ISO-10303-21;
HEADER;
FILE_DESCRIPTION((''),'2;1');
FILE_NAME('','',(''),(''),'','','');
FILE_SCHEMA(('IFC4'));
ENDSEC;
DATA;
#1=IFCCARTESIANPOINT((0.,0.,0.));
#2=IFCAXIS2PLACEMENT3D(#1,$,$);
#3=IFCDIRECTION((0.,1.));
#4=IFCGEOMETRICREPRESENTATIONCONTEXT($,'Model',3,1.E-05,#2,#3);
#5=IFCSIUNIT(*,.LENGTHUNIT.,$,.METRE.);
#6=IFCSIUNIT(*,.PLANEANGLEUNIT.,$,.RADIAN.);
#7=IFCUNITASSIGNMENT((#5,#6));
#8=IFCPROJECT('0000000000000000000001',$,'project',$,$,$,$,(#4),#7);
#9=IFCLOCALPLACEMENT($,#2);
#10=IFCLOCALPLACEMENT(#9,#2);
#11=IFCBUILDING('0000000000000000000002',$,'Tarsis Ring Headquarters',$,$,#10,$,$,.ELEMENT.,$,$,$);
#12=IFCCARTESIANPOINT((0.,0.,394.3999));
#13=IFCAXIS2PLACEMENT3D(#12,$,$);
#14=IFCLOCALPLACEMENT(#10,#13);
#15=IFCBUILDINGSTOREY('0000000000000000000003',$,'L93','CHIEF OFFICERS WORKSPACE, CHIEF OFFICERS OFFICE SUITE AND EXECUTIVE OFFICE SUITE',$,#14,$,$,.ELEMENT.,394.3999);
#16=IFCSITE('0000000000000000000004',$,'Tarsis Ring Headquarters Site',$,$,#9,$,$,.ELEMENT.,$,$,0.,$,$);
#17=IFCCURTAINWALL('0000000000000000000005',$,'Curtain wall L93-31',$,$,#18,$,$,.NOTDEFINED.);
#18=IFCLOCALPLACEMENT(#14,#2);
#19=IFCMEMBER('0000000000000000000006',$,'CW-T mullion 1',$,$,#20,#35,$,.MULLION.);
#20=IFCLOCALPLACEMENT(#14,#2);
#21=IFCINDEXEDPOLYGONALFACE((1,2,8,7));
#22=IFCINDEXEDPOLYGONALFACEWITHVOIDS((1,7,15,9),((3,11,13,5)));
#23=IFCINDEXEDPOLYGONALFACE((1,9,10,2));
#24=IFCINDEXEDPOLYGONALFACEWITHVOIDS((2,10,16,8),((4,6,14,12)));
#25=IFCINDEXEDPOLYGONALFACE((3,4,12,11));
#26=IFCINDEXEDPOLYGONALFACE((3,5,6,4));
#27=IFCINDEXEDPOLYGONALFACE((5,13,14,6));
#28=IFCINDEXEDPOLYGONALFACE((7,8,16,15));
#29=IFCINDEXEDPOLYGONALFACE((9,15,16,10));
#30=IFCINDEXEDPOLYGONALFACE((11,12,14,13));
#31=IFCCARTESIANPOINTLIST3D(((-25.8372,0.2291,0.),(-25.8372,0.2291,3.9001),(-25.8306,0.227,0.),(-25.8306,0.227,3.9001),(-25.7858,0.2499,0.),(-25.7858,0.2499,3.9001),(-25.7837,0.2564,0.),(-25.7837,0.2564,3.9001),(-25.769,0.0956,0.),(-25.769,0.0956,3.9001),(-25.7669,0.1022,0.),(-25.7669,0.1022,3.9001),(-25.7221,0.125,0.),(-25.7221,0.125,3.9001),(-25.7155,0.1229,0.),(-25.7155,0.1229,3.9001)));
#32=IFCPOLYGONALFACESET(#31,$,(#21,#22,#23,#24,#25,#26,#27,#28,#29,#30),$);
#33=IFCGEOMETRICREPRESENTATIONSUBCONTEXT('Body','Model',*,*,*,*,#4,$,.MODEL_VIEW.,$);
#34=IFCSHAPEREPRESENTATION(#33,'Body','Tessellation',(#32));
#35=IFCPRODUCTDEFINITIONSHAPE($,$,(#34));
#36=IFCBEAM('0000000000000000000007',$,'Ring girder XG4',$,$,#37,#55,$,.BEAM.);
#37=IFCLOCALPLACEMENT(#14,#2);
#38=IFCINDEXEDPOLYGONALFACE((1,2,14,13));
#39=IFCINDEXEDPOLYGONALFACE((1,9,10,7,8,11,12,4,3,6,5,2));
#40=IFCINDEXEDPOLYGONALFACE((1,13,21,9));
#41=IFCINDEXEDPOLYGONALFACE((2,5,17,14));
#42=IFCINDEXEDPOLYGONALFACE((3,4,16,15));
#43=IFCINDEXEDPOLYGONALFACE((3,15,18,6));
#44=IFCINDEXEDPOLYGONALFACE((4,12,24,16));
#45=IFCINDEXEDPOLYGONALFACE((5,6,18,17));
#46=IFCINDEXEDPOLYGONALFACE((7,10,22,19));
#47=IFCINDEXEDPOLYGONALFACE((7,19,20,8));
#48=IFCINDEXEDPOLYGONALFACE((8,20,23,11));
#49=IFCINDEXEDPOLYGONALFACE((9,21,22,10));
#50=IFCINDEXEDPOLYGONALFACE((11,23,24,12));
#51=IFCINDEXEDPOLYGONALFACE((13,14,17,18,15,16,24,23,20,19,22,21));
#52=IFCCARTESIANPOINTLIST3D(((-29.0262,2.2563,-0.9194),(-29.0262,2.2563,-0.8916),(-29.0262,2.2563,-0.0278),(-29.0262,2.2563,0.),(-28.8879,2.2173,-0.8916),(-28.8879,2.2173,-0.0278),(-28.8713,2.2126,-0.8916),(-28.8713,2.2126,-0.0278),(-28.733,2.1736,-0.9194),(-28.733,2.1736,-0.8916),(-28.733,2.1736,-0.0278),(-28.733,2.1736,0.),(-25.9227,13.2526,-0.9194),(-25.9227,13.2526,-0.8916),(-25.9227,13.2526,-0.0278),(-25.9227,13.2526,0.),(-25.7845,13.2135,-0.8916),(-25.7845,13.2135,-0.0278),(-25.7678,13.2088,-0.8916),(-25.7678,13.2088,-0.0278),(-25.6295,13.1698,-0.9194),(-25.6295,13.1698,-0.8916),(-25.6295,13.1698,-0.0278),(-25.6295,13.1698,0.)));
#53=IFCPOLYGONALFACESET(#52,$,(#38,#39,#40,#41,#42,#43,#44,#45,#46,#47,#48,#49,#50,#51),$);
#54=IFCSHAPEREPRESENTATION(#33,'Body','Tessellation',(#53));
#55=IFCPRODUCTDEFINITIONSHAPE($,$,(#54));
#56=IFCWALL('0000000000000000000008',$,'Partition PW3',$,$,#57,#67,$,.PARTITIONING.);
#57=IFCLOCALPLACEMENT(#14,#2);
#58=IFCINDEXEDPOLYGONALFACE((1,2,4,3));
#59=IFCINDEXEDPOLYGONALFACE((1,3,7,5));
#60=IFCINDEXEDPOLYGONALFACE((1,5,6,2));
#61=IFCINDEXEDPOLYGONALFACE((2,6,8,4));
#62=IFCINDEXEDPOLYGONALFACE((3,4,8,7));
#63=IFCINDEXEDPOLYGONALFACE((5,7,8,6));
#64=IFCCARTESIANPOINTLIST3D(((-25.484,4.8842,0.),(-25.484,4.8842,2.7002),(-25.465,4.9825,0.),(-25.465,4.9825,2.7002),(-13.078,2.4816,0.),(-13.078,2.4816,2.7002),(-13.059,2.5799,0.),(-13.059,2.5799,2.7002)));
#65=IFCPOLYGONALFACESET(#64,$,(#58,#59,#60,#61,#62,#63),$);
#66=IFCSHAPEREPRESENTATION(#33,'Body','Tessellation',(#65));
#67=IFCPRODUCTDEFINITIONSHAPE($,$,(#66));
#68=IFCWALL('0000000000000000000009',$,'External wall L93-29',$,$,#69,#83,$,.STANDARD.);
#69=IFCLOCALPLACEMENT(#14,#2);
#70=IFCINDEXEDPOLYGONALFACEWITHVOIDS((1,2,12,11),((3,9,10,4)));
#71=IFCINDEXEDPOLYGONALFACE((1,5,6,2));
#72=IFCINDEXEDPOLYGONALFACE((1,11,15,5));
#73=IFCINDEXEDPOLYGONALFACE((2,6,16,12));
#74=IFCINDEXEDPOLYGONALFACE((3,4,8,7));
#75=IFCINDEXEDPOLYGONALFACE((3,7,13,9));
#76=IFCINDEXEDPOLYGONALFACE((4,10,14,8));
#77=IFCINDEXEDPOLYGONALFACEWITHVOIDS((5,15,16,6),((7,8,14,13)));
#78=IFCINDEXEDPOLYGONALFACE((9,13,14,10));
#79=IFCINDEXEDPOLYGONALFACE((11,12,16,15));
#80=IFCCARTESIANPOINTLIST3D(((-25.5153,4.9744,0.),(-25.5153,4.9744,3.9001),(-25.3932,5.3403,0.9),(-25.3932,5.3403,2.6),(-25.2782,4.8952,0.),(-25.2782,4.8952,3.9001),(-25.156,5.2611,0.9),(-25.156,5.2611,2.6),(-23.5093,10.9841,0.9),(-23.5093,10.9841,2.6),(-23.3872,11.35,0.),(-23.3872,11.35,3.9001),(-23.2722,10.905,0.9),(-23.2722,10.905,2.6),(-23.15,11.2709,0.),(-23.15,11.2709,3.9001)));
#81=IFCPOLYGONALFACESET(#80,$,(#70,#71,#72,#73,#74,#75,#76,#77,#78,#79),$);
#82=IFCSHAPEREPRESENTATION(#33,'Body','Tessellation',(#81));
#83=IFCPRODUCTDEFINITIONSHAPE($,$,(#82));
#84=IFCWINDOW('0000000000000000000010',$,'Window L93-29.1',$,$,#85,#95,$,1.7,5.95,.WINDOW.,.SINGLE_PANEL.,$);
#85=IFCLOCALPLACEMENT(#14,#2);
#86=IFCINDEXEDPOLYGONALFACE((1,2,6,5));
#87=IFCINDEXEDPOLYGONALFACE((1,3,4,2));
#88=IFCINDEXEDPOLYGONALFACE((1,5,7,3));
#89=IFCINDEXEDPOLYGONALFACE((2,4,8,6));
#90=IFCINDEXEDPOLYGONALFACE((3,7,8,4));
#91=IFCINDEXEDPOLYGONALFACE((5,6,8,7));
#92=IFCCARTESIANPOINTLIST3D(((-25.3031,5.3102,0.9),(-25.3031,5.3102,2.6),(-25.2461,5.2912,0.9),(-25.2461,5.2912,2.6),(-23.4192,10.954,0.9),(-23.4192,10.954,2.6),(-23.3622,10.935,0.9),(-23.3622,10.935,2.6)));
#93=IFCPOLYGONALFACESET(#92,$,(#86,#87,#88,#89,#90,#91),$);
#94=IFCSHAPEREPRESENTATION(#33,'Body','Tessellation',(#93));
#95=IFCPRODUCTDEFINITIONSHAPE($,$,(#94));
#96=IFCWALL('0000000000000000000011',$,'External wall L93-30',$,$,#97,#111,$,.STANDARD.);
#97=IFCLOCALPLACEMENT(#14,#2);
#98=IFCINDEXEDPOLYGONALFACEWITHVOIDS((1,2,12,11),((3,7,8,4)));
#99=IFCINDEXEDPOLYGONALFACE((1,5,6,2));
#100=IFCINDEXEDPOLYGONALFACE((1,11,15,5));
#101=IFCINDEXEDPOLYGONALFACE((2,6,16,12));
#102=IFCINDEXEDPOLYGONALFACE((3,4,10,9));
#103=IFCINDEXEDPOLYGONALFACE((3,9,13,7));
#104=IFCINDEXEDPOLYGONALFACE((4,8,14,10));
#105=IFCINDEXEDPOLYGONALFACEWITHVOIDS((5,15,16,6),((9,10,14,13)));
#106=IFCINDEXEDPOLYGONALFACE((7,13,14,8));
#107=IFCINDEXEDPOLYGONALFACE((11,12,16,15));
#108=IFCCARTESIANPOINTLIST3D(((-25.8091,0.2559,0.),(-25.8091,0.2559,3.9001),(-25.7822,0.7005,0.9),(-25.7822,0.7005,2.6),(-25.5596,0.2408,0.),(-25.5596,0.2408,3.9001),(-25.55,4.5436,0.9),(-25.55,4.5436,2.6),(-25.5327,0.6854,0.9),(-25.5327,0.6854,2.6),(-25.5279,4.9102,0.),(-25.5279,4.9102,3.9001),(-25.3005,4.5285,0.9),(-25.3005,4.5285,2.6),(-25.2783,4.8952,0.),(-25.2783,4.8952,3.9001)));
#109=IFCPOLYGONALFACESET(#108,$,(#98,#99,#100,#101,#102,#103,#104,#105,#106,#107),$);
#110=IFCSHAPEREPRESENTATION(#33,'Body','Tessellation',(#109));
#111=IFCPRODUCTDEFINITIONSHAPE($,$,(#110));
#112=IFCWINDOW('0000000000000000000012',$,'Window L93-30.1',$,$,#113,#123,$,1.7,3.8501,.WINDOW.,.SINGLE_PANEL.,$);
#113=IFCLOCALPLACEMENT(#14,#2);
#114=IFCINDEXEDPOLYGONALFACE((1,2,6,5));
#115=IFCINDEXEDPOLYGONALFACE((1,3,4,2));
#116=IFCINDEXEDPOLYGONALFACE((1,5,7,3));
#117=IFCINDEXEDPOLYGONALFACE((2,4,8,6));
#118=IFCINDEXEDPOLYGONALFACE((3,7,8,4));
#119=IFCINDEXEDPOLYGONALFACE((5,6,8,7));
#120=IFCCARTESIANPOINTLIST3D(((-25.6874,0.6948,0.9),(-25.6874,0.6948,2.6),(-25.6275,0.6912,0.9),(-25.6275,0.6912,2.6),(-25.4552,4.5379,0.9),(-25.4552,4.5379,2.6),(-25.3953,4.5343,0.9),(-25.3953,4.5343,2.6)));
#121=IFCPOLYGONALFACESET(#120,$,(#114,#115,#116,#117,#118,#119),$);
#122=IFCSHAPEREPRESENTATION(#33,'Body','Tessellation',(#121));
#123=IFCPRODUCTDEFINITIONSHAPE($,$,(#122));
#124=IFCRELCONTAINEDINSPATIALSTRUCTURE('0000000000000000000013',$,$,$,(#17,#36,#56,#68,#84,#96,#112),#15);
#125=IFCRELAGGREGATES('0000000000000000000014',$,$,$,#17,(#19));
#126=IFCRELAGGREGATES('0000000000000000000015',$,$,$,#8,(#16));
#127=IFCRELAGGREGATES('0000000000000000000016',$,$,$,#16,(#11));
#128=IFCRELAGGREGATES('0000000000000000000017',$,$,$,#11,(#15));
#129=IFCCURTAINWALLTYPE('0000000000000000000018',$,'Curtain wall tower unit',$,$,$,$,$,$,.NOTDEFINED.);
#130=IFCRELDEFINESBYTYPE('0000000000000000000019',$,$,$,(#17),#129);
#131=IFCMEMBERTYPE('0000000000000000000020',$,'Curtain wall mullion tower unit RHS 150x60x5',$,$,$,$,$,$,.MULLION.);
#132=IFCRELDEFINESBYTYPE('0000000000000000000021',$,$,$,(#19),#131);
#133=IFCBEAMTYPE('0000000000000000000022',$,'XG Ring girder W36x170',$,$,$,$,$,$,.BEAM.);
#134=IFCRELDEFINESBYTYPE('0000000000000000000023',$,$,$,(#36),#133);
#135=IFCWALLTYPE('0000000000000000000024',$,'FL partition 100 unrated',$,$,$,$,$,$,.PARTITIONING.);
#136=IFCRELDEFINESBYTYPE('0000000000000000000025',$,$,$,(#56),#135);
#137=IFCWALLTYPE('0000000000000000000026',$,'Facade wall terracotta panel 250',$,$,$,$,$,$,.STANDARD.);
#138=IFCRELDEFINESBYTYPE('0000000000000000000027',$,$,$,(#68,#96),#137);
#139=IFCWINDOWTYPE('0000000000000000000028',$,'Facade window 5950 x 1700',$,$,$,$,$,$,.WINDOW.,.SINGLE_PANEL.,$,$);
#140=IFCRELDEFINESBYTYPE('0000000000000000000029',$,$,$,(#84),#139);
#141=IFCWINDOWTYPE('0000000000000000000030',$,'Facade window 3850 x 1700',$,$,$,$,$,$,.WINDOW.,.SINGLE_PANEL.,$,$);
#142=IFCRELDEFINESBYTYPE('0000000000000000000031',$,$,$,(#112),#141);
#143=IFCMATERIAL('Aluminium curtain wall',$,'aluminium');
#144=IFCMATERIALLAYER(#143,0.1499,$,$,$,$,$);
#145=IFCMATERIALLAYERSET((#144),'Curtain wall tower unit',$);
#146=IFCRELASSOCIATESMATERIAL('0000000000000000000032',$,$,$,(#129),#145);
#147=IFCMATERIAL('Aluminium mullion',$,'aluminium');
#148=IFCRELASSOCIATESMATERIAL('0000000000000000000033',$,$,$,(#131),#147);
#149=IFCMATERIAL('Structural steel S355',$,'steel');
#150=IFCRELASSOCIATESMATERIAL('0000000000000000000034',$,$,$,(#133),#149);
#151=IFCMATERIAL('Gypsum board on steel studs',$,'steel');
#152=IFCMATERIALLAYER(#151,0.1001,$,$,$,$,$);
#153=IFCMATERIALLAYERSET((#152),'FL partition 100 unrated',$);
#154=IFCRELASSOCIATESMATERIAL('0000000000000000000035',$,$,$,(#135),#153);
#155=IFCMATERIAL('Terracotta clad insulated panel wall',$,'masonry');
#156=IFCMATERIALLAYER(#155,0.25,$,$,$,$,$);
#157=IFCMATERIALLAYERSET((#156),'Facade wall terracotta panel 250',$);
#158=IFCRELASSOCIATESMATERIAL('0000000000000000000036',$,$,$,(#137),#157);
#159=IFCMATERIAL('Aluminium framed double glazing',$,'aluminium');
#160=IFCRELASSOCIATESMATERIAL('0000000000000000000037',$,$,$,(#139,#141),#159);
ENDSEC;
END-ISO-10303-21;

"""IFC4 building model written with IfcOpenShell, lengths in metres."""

from ifc_helpers import new_model, si_unit, direction, frame, frame_2d, origin, origin_2d, place, context, subcontext, project, spatial, rectangle, hollow_rectangle, i_section, extrude, material, layer, layer_set, material_profile, profile_set, type_object, element, fill, aggregate, save


model = new_model("IFC4")

# Units and contexts
model_context = context("Model", 3, precision=1e-05, world=origin(), true_north=direction((0.0, 1.0)))
body_context = subcontext(model_context, "Body", "Model", "MODEL_VIEW")
ifc_project = project(units=[si_unit("LENGTHUNIT", "METRE"), si_unit("PLANEANGLEUNIT", "RADIAN")], contexts=[model_context])

# Site, building, storey
site_placement = place(None, origin())
site = spatial("IfcSite", under=ifc_project, at=site_placement, Name="Tarsis Ring Headquarters Site", CompositionType="ELEMENT", RefElevation=0.0)
building_placement = place(site_placement, origin())
building = spatial("IfcBuilding", under=site, at=building_placement, Name="Tarsis Ring Headquarters", CompositionType="ELEMENT")
storey_placement = place(building_placement, frame((0.0, 0.0, 394.3999)))
storey = spatial("IfcBuildingStorey", under=building, at=storey_placement, Name="L93", Description="CHIEF OFFICERS WORKSPACE, CHIEF OFFICERS OFFICE SUITE AND EXECUTIVE OFFICE SUITE", CompositionType="ELEMENT", Elevation=394.3999)

# Curtain wall, member
ifc_material_1 = material(Name="Aluminium curtain wall", Category="aluminium")
ifc_layer_1 = layer(ifc_material_1, 0.1499)
ifc_layer_set_1 = layer_set([ifc_layer_1], Name="Curtain wall tower unit")
curtain_wall_type = type_object("IfcCurtainWallType", Name="Curtain wall tower unit", PredefinedType="NOTDEFINED", material=ifc_layer_set_1)
curtain_wall_placement = place(storey_placement, origin())
curtain_wall = element("IfcCurtainWall", 1, at=curtain_wall_placement, inside=storey, type_object=curtain_wall_type, Name="Curtain wall L93-31", PredefinedType="NOTDEFINED")
ifc_material_2 = material(Name="Aluminium mullion", Category="aluminium")
ifc_material_profile_1 = material_profile(ifc_material_2, hollow_rectangle(XDim=0.1499, YDim=0.0601, WallThickness=0.0049, at=origin_2d()), Name="RHS 150x60x5")
ifc_profile_set_1 = profile_set([ifc_material_profile_1], Name="Aluminium mullion")
member_type = type_object("IfcMemberType", Name="Curtain wall mullion tower unit RHS 150x60x5", PredefinedType="MULLION", material=ifc_profile_set_1)
member_placement = place(storey_placement, frame((-25.7764, 0.176, 0.0), z_axis=(0.0, 0.0, 1.0), x_axis=(0.454612, -0.890689, 0.0)))
member = element("IfcMember", 2, at=member_placement, type_object=member_type, Name="CW-T mullion 1", PredefinedType="MULLION", context=body_context, shape_type="SweptSolid", body=[
    extrude(hollow_rectangle(XDim=0.1499, YDim=0.0601, WallThickness=0.0049, at=origin_2d()), origin(), (0.0, 0.0, 1.0), 3.9001),
])
aggregate(curtain_wall, [member])

# Beam
ifc_material_3 = material(Name="Structural steel S355", Category="steel")
ifc_material_profile_2 = material_profile(ifc_material_3, i_section(OverallWidth=0.3047, OverallDepth=0.9194, WebThickness=0.0173, FlangeThickness=0.0278, at=origin_2d()), Name="W36x170")
ifc_profile_set_2 = profile_set([ifc_material_profile_2], Name="Structural steel S355")
beam_type = type_object("IfcBeamType", Name="XG Ring girder W36x170", PredefinedType="BEAM", material=ifc_profile_set_2)
beam_placement = place(storey_placement, frame((-25.7761, 13.2112, -0.4597), z_axis=(-0.271621, -0.962404, 0.0), x_axis=(0.962404, -0.271621, 0.0)))
element("IfcBeam", 3, at=beam_placement, inside=storey, type_object=beam_type, Name="Ring girder XG4", PredefinedType="BEAM", context=body_context, shape_type="SweptSolid", body=[
    extrude(i_section(OverallWidth=0.3047, OverallDepth=0.9194, WebThickness=0.0173, FlangeThickness=0.0278, at=origin_2d()), origin(), (0.0, 0.0, 1.0), 11.4258),
])

# Wall
ifc_material_4 = material(Name="Gypsum board on steel studs", Category="steel")
ifc_layer_2 = layer(ifc_material_4, 0.1001)
ifc_layer_set_2 = layer_set([ifc_layer_2], Name="FL partition 100 unrated")
wall_type_1 = type_object("IfcWallType", Name="FL partition 100 unrated", PredefinedType="PARTITIONING", material=ifc_layer_set_2)
wall_1_placement = place(storey_placement, frame((-25.4746, 4.9333, 0.0), z_axis=(0.0, 0.0, 1.0), x_axis=(0.981759, -0.190131, 0.0)))
element("IfcWall", 4, at=wall_1_placement, inside=storey, type_object=wall_type_1, Name="Partition PW3", PredefinedType="PARTITIONING", context=body_context, shape_type="SweptSolid", body=[
    extrude(rectangle(XDim=12.6365, YDim=0.1001, at=frame_2d((6.3184, 0.0))), origin(), (0.0, 0.0, 1.0), 2.7002),
])

# Walls, openings, windows
ifc_material_5 = material(Name="Terracotta clad insulated panel wall", Category="masonry")
ifc_layer_3 = layer(ifc_material_5, 0.25)
ifc_layer_set_3 = layer_set([ifc_layer_3], Name="Facade wall terracotta panel 250")
wall_type_2 = type_object("IfcWallType", Name="Facade wall terracotta panel 250", PredefinedType="STANDARD", material=ifc_layer_set_3)
wall_2_placement = place(storey_placement, frame((-23.2686, 11.3105, 0.0), z_axis=(0.0, 0.0, 1.0), x_axis=(-0.31662, -0.948552, 0.0)))
wall_2 = element("IfcWall", 5, at=wall_2_placement, inside=storey, type_object=wall_type_2, Name="External wall L93-29", PredefinedType="STANDARD", context=body_context, shape_type="SweptSolid", body=[
    extrude(rectangle(XDim=6.7214, YDim=0.25, at=frame_2d((3.3608, 0.0))), origin(), (0.0, 0.0, 1.0), 3.9001),
])
opening_1_placement = place(wall_2_placement, frame((0.3857, 0.0, 0.8999)))
opening_1 = element("IfcOpeningElement", 6, at=opening_1_placement, cuts=wall_2, PredefinedType="OPENING", context=body_context, shape_type="SweptSolid", body=[
    extrude(rectangle(XDim=5.95, YDim=1.7, at=frame_2d((2.9751, 0.8501))), frame((0.0, 0.135, 0.0), z_axis=(0.0, -1.0, 0.0), x_axis=(1.0, 0.0, 0.0)), (0.0, 0.0, 1.0), 0.27),
])
ifc_material_6 = material(Name="Aluminium framed double glazing", Category="aluminium")
window_type_1 = type_object("IfcWindowType", Name="Facade window 5950 x 1700", PartitioningType="SINGLE_PANEL", PredefinedType="WINDOW", material=ifc_material_6)
window_1_placement = place(opening_1_placement, origin())
window_1 = element("IfcWindow", 7, at=window_1_placement, inside=storey, type_object=window_type_1, Name="Window L93-29.1", OverallHeight=1.7, OverallWidth=5.95, PartitioningType="SINGLE_PANEL", PredefinedType="WINDOW", context=body_context, shape_type="SweptSolid", body=[
    extrude(rectangle(XDim=5.95, YDim=1.7, at=frame_2d((2.9751, 0.8501))), frame((0.0, 0.03, 0.0), z_axis=(0.0, -1.0, 0.0), x_axis=(1.0, 0.0, 0.0)), (0.0, 0.0, 1.0), 0.0601),
])
fill(opening_1, window_1)
wall_3_placement = place(storey_placement, frame((-25.4031, 4.9028, 0.0), z_axis=(0.0, 0.0, 1.0), x_axis=(-0.060318, -0.998179, 0.0)))
wall_3 = element("IfcWall", 8, at=wall_3_placement, inside=storey, type_object=wall_type_2, Name="External wall L93-30", PredefinedType="STANDARD", context=body_context, shape_type="SweptSolid", body=[
    extrude(rectangle(XDim=4.6628, YDim=0.25, at=frame_2d((2.3315, 0.0))), origin(), (0.0, 0.0, 1.0), 3.9001),
])
opening_2_placement = place(wall_3_placement, frame((0.3674, 0.0, 0.8999)))
opening_2 = element("IfcOpeningElement", 9, at=opening_2_placement, cuts=wall_3, PredefinedType="OPENING", context=body_context, shape_type="SweptSolid", body=[
    extrude(rectangle(XDim=3.8501, YDim=1.7, at=frame_2d((1.925, 0.8501))), frame((0.0, 0.135, 0.0), z_axis=(0.0, -1.0, 0.0), x_axis=(1.0, 0.0, 0.0)), (0.0, 0.0, 1.0), 0.27),
])
window_type_2 = type_object("IfcWindowType", Name="Facade window 3850 x 1700", PartitioningType="SINGLE_PANEL", PredefinedType="WINDOW", material=ifc_material_6)
window_2_placement = place(opening_2_placement, origin())
window_2 = element("IfcWindow", 10, at=window_2_placement, inside=storey, type_object=window_type_2, Name="Window L93-30.1", OverallHeight=1.7, OverallWidth=3.8501, PartitioningType="SINGLE_PANEL", PredefinedType="WINDOW", context=body_context, shape_type="SweptSolid", body=[
    extrude(rectangle(XDim=3.8501, YDim=1.7, at=frame_2d((1.925, 0.8501))), frame((0.0, 0.03, 0.0), z_axis=(0.0, -1.0, 0.0), x_axis=(1.0, 0.0, 0.0)), (0.0, 0.0, 1.0), 0.0601),
])
fill(opening_2, window_2)

save(model, "model.ifc")
